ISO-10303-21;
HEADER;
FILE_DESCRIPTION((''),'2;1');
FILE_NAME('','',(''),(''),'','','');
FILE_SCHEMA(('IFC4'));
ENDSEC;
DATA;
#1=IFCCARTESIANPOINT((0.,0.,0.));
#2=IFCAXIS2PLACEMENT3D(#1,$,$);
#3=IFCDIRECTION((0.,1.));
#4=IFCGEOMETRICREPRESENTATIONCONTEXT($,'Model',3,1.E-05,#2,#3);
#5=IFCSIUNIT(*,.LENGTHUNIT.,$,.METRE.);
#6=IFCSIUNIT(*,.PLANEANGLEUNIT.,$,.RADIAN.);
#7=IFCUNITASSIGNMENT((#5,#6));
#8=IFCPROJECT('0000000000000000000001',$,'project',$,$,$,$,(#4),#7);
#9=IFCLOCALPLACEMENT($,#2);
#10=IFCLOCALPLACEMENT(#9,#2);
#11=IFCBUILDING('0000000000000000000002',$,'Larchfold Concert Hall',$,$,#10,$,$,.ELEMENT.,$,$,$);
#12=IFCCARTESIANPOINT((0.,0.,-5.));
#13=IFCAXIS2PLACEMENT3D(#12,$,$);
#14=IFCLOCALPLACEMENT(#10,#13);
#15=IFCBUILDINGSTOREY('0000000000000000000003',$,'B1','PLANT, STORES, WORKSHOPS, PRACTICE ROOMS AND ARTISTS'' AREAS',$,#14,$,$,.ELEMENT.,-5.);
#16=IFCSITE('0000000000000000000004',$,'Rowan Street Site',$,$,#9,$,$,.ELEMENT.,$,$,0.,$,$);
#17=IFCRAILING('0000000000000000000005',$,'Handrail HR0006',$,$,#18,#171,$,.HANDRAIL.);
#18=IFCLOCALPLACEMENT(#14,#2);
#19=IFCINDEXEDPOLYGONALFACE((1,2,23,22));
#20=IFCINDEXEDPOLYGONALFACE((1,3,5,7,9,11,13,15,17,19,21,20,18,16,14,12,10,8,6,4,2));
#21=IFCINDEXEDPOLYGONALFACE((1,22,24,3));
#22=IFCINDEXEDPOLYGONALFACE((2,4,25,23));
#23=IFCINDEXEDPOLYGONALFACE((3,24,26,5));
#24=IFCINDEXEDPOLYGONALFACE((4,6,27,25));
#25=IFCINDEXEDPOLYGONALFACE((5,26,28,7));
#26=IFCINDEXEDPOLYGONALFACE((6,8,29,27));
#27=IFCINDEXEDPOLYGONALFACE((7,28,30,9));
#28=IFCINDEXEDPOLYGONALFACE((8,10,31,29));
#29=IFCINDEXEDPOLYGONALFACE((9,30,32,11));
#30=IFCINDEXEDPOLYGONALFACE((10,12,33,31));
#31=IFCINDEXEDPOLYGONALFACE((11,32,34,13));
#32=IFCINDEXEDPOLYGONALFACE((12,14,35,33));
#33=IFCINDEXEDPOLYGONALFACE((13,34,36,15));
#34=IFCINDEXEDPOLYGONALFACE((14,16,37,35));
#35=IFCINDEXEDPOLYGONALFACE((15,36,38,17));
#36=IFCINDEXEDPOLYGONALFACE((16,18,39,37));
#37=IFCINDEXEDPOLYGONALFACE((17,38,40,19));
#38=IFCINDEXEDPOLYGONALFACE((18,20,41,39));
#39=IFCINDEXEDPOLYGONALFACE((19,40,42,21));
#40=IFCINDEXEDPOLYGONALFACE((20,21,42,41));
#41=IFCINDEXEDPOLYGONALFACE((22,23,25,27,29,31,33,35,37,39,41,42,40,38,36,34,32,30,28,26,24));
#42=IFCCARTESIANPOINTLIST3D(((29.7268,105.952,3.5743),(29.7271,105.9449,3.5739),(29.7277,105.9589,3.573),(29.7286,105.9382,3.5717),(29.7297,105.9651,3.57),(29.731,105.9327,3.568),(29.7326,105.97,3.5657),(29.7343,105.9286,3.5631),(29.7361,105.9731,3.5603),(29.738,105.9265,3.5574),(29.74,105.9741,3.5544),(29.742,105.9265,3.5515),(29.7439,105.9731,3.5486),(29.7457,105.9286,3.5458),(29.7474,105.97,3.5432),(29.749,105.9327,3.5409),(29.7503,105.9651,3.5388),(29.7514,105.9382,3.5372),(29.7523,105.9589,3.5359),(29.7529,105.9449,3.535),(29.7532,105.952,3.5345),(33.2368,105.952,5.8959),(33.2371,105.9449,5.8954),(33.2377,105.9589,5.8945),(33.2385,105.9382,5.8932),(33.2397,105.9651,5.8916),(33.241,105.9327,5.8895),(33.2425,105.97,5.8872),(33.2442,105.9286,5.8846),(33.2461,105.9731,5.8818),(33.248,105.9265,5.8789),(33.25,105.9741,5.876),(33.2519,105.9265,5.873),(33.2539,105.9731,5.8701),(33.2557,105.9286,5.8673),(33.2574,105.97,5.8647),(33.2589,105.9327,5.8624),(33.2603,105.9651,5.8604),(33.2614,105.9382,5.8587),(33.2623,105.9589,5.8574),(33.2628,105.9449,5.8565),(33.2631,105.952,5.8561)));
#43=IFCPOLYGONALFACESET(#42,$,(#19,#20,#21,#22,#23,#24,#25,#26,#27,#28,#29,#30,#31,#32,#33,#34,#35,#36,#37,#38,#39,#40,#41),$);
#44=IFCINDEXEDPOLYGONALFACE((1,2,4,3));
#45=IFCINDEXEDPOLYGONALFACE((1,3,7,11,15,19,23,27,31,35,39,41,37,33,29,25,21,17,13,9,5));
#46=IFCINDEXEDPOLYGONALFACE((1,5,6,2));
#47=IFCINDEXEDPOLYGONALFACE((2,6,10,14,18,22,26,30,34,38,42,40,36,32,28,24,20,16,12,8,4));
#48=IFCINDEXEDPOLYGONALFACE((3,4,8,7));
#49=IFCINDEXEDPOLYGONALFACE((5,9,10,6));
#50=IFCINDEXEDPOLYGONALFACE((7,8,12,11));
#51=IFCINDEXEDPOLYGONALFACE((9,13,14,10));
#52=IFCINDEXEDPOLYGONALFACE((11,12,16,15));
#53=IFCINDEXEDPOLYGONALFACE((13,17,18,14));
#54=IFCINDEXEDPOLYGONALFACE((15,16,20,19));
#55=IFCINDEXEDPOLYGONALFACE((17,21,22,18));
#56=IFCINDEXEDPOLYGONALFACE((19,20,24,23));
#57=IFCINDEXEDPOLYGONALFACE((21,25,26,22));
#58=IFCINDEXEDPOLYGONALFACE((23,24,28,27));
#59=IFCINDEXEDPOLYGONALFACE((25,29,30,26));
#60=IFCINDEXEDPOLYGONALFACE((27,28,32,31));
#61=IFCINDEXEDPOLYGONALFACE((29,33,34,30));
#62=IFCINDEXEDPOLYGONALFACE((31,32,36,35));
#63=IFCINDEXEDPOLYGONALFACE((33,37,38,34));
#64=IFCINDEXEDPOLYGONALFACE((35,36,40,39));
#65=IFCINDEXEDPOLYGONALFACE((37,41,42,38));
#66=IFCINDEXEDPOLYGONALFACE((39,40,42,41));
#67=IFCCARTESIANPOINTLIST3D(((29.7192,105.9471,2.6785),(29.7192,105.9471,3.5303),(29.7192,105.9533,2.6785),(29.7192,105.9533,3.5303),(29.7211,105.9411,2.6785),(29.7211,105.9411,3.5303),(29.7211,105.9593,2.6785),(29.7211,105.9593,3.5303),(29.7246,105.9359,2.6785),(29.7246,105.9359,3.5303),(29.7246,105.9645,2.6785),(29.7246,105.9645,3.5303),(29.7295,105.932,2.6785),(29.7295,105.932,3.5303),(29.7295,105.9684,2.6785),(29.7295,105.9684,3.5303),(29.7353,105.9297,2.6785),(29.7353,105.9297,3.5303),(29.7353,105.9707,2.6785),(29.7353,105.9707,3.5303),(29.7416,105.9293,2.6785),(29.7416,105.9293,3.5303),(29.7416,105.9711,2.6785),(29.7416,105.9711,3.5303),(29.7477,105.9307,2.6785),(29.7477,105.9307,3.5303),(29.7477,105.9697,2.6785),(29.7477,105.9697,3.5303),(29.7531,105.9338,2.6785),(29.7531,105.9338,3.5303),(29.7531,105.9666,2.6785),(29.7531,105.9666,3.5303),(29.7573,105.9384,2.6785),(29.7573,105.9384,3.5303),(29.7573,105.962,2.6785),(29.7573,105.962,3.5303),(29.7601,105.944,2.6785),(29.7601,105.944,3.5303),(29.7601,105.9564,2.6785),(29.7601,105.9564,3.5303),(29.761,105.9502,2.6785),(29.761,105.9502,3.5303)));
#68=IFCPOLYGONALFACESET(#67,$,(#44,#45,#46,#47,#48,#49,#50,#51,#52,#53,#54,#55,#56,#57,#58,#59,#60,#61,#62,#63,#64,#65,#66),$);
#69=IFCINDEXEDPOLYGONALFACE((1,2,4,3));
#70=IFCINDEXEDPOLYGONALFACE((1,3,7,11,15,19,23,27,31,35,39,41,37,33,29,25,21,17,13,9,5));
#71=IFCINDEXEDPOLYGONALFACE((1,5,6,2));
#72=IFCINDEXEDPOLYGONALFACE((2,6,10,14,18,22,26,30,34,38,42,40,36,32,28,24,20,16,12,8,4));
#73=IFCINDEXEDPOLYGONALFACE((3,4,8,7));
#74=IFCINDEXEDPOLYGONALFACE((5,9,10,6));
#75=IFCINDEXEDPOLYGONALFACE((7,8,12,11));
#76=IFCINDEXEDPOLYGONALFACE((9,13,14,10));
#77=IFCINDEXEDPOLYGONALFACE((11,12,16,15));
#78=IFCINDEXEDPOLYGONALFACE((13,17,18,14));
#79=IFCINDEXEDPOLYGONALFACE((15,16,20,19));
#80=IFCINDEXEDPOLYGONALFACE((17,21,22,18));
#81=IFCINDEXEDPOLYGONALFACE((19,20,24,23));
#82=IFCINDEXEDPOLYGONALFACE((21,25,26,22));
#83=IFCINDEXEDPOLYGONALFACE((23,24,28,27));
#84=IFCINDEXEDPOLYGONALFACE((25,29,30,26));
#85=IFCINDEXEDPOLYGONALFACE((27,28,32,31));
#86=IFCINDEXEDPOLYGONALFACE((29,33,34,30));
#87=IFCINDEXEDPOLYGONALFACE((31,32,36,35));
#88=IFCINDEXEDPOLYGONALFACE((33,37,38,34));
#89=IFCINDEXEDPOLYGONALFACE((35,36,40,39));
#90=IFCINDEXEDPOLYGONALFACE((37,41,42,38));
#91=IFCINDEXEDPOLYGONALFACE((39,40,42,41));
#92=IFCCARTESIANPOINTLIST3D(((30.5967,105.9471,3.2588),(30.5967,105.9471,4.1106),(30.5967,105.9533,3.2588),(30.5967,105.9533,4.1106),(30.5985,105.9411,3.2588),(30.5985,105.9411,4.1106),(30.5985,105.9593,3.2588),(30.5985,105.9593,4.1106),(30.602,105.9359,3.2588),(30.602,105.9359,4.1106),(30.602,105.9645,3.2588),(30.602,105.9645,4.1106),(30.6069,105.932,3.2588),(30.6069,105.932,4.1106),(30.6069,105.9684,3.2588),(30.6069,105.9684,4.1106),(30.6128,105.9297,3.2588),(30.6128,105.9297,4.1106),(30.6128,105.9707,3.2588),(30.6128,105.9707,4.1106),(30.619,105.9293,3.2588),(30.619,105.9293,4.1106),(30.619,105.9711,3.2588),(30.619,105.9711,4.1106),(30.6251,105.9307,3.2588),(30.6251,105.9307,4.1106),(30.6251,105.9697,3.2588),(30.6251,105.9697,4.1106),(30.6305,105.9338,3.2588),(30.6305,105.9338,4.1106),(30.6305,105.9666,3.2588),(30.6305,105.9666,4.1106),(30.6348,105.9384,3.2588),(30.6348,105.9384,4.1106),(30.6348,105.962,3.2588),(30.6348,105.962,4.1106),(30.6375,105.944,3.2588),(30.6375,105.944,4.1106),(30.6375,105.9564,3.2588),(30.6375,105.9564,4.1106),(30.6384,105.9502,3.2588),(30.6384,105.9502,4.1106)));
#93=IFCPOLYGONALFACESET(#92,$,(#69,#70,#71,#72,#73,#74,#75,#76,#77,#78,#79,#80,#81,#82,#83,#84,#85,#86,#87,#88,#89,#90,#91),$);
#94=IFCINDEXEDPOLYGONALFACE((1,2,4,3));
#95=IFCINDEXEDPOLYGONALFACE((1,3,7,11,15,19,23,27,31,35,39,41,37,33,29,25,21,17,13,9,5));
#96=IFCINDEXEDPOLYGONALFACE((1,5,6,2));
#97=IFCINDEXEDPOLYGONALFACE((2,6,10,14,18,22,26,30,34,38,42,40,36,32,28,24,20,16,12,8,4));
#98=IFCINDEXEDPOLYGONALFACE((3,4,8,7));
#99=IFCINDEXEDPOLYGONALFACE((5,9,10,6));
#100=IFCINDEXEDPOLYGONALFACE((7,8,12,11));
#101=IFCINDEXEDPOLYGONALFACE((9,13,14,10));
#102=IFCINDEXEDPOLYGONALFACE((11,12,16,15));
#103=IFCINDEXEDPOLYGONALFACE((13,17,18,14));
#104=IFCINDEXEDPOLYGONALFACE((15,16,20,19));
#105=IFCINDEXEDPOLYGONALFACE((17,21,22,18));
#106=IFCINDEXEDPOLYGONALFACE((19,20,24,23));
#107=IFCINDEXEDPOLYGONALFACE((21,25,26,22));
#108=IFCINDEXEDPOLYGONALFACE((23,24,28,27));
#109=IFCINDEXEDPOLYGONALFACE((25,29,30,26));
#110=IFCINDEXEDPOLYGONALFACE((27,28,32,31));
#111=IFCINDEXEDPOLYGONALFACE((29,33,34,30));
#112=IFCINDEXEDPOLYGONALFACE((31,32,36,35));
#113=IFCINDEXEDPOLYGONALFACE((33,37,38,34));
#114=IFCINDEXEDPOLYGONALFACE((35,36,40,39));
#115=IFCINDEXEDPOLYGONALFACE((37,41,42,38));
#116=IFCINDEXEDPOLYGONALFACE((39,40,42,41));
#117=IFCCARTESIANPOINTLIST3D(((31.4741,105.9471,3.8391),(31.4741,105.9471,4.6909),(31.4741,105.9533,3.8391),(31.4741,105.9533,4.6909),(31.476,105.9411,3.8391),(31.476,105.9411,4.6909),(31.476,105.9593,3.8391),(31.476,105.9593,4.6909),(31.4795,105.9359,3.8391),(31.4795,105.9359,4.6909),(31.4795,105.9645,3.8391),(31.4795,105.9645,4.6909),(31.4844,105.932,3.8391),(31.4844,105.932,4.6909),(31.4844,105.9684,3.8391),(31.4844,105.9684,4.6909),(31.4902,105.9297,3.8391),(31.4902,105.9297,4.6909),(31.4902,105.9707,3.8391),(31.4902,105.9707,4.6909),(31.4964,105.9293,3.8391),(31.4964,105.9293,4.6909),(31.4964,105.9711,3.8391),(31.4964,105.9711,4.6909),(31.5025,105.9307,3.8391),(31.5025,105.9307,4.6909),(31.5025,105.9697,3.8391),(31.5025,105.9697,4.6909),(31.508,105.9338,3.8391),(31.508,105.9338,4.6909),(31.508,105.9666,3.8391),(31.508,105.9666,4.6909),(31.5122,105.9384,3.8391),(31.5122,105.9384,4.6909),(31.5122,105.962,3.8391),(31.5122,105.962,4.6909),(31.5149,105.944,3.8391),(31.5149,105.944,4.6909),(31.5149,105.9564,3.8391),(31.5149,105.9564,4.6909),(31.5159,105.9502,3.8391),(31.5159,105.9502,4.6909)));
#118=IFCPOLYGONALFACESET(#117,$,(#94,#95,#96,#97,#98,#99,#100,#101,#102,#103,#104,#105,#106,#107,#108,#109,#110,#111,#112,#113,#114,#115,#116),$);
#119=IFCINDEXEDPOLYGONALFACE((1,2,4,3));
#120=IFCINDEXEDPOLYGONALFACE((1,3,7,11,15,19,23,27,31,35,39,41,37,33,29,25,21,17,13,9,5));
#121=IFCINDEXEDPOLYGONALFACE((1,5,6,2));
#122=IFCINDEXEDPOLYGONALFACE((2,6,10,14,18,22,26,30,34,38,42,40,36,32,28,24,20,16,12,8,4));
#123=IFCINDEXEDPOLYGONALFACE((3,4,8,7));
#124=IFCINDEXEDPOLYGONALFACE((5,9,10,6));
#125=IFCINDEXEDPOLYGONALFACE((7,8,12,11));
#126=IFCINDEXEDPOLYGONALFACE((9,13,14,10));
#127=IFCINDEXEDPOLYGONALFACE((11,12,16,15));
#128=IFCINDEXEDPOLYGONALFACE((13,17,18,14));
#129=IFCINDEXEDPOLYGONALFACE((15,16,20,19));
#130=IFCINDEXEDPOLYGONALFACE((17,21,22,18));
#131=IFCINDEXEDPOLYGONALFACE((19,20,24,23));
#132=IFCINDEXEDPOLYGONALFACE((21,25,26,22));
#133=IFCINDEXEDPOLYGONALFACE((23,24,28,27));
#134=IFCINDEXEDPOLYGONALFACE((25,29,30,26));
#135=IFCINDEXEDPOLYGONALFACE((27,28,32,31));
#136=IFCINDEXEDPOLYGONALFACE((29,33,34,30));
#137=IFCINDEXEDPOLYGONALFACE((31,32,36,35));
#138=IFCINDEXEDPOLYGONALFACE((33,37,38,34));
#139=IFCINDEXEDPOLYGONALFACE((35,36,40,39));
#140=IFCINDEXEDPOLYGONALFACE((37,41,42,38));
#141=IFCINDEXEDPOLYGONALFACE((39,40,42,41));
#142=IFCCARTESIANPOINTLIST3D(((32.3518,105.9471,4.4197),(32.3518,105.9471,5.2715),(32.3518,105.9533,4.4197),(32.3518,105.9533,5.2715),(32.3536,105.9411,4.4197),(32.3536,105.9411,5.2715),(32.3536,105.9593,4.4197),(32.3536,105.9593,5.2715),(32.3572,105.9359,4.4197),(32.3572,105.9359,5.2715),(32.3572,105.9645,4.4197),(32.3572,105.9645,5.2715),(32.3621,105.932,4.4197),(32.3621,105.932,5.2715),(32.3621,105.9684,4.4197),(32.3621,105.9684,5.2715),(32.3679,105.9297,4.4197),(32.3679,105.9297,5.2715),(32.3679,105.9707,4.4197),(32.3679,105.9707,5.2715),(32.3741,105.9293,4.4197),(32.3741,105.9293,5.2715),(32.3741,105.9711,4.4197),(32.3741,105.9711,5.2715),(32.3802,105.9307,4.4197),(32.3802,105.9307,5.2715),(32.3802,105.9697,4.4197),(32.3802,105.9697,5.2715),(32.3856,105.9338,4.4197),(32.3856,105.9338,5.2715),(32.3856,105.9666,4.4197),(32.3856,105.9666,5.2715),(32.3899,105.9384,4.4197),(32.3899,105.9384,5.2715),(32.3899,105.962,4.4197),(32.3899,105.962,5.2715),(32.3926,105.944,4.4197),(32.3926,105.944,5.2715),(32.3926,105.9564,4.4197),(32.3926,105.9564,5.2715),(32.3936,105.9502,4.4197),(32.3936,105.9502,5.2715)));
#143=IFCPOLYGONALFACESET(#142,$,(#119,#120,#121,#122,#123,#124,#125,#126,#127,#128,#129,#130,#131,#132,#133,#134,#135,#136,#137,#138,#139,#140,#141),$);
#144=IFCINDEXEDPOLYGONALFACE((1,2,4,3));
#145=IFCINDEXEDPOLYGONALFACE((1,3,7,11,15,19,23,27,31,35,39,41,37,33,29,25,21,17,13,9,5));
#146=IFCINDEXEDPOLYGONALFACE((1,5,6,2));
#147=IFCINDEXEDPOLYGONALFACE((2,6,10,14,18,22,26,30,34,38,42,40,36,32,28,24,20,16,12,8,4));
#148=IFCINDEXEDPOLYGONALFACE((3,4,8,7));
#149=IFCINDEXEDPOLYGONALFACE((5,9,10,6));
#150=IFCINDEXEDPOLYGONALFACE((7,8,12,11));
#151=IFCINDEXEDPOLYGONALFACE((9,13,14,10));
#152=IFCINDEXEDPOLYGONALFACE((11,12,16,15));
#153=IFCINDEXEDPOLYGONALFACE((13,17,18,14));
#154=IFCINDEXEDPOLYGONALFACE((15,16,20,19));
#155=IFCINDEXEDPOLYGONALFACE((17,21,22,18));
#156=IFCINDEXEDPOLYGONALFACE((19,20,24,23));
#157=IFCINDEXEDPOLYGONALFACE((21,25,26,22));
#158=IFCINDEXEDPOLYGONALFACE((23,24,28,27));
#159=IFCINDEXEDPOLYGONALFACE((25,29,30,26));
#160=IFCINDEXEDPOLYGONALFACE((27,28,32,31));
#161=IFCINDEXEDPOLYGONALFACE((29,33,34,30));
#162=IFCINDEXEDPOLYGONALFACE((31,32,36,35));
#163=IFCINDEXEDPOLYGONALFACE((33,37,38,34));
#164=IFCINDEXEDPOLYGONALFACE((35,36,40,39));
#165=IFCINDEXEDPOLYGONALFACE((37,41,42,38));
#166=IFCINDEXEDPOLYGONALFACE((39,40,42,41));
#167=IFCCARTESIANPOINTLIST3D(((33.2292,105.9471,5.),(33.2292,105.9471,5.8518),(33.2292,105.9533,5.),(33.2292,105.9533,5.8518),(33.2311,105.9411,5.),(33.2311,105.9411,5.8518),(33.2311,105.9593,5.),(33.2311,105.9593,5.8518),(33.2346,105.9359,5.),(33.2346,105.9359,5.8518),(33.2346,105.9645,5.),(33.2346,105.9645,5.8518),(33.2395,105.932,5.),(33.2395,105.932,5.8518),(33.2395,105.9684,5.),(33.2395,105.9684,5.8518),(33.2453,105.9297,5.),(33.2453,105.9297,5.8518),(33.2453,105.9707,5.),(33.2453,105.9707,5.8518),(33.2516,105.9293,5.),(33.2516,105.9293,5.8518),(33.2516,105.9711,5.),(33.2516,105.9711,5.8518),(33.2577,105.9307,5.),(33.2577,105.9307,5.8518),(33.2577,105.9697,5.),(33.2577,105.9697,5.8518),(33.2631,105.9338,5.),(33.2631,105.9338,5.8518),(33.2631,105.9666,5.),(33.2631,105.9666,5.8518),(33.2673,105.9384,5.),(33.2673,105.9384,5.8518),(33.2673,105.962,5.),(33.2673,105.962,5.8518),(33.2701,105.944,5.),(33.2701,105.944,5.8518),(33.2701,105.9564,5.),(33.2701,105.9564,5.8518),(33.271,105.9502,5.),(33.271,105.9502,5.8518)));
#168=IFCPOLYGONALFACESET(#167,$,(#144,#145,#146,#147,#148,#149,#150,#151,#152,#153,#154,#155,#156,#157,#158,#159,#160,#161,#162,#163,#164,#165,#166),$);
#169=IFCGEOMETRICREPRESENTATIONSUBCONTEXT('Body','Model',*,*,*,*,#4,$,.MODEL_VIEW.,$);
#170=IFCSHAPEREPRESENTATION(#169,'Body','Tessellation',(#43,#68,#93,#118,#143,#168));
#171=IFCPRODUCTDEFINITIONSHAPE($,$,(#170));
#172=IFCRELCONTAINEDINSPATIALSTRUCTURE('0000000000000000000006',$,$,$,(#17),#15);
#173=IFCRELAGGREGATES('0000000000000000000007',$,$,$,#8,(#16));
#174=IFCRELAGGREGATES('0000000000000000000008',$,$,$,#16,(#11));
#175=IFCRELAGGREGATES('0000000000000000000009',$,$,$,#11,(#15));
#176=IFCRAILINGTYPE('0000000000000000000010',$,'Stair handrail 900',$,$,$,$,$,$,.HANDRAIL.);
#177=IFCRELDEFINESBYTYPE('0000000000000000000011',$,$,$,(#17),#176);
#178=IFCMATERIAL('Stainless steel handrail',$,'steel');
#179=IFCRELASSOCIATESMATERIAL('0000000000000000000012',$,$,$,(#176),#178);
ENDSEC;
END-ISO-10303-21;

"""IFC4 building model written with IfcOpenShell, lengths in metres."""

from ifc_helpers import new_model, si_unit, direction, frame, origin, origin_2d, place, context, subcontext, project, spatial, circle, extrude, material, type_object, element, save


model = new_model("IFC4")

# Units and contexts
model_context = context("Model", 3, precision=1e-05, world=origin(), true_north=direction((0.0, 1.0)))
body_context = subcontext(model_context, "Body", "Model", "MODEL_VIEW")
ifc_project = project(units=[si_unit("LENGTHUNIT", "METRE"), si_unit("PLANEANGLEUNIT", "RADIAN")], contexts=[model_context])

# Site, building, storey
site_placement = place(None, origin())
site = spatial("IfcSite", under=ifc_project, at=site_placement, Name="Rowan Street Site", CompositionType="ELEMENT", RefElevation=0.0)
building_placement = place(site_placement, origin())
building = spatial("IfcBuilding", under=site, at=building_placement, Name="Larchfold Concert Hall", CompositionType="ELEMENT")
storey_placement = place(building_placement, frame((0.0, 0.0, -5.0)))
storey = spatial("IfcBuildingStorey", under=building, at=storey_placement, Name="B1", Description="PLANT, STORES, WORKSHOPS, PRACTICE ROOMS AND ARTISTS' AREAS", CompositionType="ELEMENT", Elevation=-5.0)

# Railing
ifc_material_1 = material(Name="Stainless steel handrail", Category="steel")
railing_type_1 = type_object("IfcRailingType", Name="Stair handrail 900", PredefinedType="HANDRAIL", material=ifc_material_1)
railing_1_placement = place(storey_placement, frame((29.74, 105.9502, 2.6785)))
element("IfcRailing", 1, at=railing_1_placement, inside=storey, type_object=railing_type_1, Name="Handrail HR0006", PredefinedType="HANDRAIL", context=body_context, shape_type="SweptSolid", body=[
    extrude(circle(Radius=0.0239, at=origin_2d()), frame((0.0, 0.0, 0.876), z_axis=(0.834071, 0.0, 0.551657), x_axis=(0.0, 1.0, 0.0)), (0.0, 0.0, 1.0), 4.2083),
    extrude(circle(Radius=0.021, at=origin_2d()), origin(), (0.0, 0.0, 1.0), 0.8518),
    extrude(circle(Radius=0.021, at=origin_2d()), frame((0.8774, 0.0, 0.5803)), (0.0, 0.0, 1.0), 0.8518),
    extrude(circle(Radius=0.021, at=origin_2d()), frame((1.7549, 0.0, 1.1606)), (0.0, 0.0, 1.0), 0.8518),
    extrude(circle(Radius=0.021, at=origin_2d()), frame((2.6326, 0.0, 1.7412)), (0.0, 0.0, 1.0), 0.8518),
    extrude(circle(Radius=0.021, at=origin_2d()), frame((3.51, 0.0, 2.3215)), (0.0, 0.0, 1.0), 0.8518),
])

save(model, "model.ifc")
